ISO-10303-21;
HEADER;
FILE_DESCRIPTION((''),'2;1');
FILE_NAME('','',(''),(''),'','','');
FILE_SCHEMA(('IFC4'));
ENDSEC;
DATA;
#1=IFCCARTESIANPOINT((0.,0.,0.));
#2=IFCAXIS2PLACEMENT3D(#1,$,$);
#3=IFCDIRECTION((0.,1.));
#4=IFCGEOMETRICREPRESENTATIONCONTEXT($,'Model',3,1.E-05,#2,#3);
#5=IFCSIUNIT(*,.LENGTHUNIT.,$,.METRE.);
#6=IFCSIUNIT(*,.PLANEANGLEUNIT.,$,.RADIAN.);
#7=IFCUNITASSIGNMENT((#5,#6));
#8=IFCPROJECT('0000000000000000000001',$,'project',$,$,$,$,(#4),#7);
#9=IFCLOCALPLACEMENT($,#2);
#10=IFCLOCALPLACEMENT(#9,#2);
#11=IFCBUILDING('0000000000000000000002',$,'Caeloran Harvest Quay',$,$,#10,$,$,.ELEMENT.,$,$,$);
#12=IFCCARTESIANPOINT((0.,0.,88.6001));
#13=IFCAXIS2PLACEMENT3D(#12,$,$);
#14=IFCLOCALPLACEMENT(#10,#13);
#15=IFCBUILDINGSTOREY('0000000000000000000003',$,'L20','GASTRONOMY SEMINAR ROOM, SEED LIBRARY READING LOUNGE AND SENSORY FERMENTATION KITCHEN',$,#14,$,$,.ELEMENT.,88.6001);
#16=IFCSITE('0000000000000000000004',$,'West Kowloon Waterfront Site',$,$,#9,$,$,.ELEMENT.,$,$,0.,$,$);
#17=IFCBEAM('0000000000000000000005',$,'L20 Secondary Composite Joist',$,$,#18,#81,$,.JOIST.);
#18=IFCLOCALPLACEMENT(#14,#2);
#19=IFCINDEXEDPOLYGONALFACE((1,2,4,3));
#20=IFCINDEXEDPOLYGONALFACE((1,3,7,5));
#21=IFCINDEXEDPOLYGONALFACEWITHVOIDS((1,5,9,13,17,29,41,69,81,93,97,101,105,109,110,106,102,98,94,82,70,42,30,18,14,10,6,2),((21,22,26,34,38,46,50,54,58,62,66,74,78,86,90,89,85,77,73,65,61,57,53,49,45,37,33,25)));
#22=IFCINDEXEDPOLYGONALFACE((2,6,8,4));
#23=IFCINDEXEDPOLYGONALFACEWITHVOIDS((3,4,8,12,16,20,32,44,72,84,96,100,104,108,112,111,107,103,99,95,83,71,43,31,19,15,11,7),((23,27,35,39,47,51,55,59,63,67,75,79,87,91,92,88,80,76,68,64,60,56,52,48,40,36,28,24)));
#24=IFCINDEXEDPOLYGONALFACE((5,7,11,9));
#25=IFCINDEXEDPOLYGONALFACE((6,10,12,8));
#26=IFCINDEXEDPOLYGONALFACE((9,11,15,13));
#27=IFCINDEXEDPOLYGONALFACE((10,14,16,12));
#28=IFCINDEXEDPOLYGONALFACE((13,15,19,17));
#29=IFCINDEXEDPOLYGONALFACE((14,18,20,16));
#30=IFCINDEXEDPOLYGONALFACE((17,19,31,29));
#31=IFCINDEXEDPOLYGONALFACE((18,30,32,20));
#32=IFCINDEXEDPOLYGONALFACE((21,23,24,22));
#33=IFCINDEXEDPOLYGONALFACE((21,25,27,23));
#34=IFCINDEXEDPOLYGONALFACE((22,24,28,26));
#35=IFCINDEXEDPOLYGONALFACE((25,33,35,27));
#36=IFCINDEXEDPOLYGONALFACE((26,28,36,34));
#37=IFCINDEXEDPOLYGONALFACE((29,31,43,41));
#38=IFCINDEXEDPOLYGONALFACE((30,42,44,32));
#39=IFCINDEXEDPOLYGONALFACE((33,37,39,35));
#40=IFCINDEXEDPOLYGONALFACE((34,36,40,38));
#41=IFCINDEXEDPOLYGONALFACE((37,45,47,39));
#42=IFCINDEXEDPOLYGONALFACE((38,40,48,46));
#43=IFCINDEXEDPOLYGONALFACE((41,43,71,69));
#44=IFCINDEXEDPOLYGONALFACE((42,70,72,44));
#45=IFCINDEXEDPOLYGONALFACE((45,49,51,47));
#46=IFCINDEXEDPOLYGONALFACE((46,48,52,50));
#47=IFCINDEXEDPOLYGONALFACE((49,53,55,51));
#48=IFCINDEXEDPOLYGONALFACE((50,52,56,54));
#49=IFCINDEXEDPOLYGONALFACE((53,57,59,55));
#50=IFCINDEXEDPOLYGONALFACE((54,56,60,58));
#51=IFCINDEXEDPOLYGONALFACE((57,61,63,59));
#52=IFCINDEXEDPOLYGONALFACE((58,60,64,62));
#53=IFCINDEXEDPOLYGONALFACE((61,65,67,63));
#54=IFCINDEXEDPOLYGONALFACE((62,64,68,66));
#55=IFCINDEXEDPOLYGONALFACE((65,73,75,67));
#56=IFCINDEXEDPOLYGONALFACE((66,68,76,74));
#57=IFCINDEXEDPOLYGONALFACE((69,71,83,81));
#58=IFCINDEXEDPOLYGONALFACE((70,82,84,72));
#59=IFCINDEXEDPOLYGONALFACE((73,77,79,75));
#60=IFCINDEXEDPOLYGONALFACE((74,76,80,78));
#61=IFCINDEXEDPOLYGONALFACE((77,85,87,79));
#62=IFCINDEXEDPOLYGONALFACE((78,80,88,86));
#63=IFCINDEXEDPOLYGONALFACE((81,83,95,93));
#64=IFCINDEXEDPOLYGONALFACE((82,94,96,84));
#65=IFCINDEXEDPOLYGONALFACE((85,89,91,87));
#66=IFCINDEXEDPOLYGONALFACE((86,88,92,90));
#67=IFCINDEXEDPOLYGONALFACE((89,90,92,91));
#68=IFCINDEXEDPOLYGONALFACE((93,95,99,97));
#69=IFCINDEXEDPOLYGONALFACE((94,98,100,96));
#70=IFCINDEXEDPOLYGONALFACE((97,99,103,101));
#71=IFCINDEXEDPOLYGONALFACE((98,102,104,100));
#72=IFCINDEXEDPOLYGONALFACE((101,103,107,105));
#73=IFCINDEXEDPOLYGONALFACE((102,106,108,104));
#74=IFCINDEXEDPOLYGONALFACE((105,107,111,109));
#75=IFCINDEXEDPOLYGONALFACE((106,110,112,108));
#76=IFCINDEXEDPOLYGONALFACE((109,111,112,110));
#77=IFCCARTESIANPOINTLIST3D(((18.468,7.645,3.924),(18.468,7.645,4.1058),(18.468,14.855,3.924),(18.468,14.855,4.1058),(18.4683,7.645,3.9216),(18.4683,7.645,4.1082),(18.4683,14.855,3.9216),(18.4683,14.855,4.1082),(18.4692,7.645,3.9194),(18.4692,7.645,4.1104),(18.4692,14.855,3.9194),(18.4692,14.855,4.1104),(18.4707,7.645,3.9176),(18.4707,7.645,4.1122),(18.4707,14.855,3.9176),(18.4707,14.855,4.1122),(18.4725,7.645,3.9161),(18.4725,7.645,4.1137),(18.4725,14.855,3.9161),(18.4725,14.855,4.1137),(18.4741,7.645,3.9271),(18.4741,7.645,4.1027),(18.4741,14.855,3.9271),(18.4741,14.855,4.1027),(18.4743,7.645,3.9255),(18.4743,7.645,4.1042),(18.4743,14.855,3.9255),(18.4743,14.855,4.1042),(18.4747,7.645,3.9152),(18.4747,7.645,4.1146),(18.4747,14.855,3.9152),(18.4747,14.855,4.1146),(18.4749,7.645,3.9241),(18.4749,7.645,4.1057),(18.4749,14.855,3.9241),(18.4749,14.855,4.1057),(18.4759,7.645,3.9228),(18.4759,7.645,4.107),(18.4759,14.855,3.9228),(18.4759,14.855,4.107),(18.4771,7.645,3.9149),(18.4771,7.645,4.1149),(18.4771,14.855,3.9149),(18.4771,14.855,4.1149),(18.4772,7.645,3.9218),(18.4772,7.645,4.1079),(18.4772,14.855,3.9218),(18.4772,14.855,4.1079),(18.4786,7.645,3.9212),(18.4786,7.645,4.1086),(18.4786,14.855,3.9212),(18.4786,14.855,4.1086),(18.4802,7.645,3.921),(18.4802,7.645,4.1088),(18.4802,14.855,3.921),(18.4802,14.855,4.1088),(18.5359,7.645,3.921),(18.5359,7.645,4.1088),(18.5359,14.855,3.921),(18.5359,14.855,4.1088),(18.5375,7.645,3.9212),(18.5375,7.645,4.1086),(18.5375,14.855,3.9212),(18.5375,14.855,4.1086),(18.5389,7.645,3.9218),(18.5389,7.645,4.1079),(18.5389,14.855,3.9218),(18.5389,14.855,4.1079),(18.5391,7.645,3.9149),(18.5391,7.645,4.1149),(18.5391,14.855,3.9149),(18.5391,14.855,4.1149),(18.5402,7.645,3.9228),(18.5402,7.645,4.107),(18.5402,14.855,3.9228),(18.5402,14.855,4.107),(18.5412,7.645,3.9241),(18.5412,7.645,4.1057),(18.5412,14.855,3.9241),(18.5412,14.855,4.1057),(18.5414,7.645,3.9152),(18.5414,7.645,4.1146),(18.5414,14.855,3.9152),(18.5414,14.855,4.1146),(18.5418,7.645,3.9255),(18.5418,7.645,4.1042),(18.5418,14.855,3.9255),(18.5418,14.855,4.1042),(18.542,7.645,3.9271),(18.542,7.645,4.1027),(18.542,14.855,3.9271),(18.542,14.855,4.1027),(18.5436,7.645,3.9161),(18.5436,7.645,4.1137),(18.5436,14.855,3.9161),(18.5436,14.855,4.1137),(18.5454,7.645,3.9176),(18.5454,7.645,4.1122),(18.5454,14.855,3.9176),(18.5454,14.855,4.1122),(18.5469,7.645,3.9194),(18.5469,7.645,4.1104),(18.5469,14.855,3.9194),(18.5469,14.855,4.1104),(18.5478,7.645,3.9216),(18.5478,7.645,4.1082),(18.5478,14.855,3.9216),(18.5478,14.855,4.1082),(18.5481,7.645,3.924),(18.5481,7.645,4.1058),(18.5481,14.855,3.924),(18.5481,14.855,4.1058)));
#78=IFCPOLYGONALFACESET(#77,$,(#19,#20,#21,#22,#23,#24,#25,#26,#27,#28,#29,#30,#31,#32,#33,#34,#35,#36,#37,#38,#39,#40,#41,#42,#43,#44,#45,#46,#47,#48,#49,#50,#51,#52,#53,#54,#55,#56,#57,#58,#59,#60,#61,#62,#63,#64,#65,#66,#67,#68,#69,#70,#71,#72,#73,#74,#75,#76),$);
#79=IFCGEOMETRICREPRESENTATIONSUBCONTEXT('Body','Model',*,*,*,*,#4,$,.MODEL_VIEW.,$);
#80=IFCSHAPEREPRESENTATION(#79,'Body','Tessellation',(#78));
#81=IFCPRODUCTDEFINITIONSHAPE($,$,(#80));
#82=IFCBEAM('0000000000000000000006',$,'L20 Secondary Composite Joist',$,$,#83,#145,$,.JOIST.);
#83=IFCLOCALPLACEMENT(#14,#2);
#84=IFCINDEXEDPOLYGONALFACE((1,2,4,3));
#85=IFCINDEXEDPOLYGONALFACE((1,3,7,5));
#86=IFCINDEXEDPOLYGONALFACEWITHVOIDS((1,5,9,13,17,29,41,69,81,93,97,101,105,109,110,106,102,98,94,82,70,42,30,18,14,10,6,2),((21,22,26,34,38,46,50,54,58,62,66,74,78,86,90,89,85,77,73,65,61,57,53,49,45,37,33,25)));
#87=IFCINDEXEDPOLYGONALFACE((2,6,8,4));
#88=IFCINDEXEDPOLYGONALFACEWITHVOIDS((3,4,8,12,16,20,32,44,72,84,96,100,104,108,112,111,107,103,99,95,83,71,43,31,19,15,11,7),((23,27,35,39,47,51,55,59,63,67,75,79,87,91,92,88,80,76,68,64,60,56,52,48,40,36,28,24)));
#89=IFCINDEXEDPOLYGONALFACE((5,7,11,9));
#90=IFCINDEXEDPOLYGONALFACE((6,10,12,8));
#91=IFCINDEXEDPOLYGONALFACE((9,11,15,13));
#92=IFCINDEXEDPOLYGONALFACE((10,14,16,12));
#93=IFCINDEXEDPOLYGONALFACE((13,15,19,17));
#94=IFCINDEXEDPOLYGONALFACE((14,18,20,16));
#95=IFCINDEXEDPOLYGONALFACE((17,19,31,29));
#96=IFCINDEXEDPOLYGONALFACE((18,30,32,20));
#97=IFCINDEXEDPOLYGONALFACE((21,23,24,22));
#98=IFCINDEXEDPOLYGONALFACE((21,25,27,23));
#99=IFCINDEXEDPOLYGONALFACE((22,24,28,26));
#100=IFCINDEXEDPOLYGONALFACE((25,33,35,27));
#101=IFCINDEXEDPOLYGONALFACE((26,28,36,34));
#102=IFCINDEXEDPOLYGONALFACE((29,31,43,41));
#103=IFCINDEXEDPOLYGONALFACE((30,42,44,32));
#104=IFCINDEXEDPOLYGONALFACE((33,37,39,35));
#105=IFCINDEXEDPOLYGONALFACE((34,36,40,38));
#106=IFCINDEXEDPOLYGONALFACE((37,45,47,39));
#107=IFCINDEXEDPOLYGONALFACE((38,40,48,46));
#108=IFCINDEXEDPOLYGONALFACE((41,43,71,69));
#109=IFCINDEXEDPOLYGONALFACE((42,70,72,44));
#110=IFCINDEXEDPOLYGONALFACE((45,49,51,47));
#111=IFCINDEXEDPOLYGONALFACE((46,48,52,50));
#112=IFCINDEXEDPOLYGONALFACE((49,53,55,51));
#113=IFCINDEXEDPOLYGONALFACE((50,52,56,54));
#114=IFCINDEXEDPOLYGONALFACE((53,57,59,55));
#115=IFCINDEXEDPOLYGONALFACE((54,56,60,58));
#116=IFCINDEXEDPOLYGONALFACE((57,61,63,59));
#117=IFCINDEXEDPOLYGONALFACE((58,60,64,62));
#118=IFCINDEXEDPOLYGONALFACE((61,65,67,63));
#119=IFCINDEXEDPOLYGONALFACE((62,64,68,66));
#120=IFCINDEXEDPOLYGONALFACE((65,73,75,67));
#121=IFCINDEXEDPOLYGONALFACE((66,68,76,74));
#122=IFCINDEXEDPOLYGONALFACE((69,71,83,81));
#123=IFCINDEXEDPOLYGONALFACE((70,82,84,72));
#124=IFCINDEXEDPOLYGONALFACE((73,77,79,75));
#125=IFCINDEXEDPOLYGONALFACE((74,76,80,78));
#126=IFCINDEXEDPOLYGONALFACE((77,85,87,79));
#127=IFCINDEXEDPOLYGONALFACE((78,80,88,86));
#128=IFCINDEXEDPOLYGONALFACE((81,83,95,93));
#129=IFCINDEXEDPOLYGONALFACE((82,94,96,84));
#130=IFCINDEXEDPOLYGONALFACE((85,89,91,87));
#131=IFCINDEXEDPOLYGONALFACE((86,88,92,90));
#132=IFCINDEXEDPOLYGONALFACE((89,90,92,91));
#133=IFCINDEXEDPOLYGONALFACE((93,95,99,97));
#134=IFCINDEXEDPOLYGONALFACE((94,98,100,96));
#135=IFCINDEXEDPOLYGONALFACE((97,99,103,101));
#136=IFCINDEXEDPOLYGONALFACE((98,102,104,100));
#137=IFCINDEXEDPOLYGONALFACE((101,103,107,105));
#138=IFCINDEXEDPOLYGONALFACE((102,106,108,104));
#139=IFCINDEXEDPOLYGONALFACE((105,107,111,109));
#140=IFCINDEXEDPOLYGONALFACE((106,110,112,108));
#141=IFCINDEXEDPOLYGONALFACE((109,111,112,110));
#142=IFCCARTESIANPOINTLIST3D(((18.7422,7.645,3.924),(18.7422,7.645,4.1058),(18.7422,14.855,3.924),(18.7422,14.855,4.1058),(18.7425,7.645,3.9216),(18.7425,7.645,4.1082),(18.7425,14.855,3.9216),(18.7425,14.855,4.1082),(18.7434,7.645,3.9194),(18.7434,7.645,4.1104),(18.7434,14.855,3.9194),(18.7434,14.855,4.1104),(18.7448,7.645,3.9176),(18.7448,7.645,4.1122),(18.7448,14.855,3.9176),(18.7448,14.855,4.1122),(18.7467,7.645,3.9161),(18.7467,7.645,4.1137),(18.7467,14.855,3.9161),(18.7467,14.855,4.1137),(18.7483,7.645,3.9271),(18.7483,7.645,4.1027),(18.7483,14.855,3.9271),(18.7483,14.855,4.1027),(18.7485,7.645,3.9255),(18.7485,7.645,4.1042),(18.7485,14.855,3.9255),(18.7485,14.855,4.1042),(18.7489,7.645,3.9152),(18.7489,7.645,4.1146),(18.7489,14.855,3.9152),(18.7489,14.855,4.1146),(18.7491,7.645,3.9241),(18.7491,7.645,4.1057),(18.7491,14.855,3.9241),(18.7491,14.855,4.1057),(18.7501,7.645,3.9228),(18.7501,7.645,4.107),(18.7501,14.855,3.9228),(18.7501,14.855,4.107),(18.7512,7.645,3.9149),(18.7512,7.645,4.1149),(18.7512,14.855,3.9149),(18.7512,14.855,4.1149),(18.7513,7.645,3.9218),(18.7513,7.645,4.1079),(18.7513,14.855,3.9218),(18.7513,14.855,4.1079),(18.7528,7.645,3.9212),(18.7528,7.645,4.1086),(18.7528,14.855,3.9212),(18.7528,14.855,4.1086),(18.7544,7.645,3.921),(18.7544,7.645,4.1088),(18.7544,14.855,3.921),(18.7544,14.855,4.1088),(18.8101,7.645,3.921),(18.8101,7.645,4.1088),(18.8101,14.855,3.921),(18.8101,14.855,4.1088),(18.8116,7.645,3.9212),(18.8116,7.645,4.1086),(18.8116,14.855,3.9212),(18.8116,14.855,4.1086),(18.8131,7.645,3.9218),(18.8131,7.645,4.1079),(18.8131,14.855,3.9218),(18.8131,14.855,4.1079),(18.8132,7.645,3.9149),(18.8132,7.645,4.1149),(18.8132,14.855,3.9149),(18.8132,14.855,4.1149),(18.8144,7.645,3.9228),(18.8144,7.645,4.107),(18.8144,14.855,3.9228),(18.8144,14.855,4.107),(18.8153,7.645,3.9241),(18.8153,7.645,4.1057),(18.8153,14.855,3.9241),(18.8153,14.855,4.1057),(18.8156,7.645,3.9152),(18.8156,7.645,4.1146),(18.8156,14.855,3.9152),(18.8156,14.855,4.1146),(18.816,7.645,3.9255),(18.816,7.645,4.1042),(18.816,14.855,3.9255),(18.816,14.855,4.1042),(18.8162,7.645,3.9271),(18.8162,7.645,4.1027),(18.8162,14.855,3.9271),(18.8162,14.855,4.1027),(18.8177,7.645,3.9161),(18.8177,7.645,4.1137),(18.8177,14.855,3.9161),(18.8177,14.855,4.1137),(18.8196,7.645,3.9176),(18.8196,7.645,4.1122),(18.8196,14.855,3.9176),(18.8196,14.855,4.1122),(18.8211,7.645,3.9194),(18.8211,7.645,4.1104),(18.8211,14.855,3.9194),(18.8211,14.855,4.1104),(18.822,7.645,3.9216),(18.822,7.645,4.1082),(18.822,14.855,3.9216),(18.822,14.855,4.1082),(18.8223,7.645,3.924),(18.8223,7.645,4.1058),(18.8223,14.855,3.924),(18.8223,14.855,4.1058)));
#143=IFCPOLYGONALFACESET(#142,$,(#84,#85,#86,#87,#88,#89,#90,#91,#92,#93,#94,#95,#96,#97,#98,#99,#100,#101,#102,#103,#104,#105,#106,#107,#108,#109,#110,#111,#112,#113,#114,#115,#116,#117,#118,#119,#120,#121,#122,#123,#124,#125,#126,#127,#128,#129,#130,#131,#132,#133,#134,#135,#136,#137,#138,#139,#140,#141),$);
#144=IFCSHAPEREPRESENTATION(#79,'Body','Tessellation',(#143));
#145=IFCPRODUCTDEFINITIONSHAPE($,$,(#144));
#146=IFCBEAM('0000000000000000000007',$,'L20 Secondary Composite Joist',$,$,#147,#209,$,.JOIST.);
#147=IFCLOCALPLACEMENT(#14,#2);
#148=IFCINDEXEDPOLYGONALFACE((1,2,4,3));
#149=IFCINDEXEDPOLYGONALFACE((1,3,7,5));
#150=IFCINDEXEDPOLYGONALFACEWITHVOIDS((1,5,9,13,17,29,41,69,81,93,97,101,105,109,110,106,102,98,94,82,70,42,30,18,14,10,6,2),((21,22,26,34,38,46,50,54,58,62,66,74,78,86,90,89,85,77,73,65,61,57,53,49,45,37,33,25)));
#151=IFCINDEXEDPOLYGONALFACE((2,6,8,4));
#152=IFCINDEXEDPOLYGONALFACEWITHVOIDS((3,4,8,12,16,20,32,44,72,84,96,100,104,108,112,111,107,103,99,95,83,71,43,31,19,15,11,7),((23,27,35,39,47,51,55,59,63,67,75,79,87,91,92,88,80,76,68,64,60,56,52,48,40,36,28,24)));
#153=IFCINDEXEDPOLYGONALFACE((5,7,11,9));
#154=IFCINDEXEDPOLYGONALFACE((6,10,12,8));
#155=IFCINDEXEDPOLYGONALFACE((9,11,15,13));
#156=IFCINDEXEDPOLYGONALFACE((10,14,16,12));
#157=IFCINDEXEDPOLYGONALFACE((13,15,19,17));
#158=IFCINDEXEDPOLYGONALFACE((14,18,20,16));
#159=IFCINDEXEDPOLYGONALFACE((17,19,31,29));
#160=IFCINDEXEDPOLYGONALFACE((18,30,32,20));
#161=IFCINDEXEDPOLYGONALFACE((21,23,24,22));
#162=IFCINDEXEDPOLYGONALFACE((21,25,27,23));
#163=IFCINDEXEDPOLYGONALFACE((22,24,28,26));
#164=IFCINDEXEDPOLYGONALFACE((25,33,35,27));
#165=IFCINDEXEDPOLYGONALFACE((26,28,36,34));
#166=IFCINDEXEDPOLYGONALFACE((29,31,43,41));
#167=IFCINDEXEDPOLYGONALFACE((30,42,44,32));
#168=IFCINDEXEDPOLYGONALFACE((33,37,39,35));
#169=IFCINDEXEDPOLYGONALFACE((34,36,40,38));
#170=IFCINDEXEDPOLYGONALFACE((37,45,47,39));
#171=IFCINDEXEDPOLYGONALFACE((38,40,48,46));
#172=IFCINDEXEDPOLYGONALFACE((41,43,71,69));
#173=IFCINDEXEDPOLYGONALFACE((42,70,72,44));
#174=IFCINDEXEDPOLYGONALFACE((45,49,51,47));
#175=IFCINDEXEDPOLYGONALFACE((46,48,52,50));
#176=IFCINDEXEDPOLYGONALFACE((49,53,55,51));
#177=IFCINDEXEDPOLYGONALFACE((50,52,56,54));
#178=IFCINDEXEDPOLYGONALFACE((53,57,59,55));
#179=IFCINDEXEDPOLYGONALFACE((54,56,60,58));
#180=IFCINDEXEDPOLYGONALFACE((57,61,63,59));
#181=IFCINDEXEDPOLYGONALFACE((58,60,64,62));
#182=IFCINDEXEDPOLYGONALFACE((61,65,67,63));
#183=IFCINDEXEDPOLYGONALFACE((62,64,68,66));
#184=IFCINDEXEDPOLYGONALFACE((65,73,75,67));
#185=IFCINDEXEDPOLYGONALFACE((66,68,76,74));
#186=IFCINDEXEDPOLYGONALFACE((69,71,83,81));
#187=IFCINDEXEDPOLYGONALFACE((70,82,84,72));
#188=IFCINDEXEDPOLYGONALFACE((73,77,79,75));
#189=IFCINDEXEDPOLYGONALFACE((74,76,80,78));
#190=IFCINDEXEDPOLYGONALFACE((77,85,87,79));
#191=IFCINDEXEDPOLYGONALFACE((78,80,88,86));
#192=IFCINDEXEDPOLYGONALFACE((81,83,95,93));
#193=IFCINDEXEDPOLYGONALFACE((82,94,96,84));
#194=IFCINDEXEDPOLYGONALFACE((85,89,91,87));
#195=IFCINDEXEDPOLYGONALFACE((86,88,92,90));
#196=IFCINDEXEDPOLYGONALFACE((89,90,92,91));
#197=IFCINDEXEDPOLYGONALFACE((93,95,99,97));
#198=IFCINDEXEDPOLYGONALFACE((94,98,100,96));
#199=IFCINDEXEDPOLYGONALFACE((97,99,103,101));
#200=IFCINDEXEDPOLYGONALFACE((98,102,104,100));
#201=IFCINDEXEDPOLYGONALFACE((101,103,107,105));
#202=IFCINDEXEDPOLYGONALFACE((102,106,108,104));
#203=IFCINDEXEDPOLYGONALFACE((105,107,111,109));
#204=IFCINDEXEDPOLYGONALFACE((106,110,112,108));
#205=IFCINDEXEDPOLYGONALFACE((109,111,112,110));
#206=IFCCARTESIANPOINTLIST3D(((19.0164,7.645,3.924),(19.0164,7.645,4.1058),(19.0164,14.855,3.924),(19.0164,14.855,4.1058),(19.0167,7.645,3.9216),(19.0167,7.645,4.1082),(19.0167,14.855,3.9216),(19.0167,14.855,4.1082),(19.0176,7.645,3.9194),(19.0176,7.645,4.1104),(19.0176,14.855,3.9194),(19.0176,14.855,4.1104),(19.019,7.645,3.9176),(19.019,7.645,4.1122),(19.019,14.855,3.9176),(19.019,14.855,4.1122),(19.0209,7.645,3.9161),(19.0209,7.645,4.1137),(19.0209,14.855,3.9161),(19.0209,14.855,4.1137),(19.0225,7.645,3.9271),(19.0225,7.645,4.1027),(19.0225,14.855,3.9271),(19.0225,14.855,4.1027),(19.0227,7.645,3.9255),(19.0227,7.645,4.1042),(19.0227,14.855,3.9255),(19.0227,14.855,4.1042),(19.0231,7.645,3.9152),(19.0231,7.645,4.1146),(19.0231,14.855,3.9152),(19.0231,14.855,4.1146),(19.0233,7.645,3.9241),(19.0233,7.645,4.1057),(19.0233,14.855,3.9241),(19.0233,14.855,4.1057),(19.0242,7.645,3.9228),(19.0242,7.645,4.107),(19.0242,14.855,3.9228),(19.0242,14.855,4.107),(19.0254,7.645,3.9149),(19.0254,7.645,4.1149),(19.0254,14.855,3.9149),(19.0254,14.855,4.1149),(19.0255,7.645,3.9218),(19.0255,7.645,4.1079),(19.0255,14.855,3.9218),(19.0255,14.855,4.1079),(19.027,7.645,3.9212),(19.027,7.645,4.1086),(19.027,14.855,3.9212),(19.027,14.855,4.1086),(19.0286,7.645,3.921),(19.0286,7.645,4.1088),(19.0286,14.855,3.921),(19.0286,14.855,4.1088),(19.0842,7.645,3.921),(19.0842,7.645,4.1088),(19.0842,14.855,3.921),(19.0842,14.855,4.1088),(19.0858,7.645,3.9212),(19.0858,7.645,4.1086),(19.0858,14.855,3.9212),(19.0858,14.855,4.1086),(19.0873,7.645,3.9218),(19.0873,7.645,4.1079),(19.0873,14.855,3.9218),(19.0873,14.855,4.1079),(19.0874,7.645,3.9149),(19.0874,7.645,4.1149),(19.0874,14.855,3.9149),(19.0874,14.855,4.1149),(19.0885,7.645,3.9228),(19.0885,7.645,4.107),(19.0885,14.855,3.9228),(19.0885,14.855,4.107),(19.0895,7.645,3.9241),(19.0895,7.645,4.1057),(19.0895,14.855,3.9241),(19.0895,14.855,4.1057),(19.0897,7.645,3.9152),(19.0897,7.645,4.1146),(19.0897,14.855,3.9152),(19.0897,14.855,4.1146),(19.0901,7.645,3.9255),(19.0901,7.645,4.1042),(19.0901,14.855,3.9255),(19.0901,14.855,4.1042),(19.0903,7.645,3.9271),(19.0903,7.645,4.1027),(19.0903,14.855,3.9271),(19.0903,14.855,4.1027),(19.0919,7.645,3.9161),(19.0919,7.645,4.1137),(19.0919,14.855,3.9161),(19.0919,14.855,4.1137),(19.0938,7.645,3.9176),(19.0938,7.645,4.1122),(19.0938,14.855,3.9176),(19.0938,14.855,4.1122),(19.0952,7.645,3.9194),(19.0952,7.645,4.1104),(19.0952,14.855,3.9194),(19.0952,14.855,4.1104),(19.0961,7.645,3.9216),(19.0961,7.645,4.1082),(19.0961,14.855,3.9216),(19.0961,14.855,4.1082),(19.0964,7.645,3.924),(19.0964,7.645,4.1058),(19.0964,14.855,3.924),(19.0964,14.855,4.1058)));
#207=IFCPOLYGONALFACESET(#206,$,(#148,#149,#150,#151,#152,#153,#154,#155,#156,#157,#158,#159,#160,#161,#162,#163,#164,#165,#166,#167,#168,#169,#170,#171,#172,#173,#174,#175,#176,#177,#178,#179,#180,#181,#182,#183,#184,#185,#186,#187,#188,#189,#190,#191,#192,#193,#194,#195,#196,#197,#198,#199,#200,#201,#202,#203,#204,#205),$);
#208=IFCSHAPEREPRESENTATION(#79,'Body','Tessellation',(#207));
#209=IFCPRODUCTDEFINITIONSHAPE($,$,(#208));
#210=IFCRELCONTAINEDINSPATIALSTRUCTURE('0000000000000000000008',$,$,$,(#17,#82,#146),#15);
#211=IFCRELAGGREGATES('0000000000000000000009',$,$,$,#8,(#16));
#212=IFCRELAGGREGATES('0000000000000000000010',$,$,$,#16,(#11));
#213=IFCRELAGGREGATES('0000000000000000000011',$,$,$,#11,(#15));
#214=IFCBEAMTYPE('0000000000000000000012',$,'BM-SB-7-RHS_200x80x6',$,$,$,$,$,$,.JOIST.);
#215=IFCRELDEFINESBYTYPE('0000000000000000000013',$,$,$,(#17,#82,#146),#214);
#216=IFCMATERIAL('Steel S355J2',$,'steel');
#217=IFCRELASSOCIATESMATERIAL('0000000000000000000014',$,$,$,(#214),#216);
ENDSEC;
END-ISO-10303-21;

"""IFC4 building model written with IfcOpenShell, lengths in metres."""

from ifc_helpers import new_model, si_unit, direction, frame, origin, origin_2d, place, context, subcontext, project, spatial, hollow_rectangle, extrude, material, material_profile, profile_set, type_object, element, save


model = new_model("IFC4")

# Units and contexts
model_context = context("Model", 3, precision=1e-05, world=origin(), true_north=direction((0.0, 1.0)))
body_context = subcontext(model_context, "Body", "Model", "MODEL_VIEW")
ifc_project = project(units=[si_unit("LENGTHUNIT", "METRE"), si_unit("PLANEANGLEUNIT", "RADIAN")], contexts=[model_context])

# Site, building, storey
site_placement = place(None, origin())
site = spatial("IfcSite", under=ifc_project, at=site_placement, Name="West Kowloon Waterfront Site", CompositionType="ELEMENT", RefElevation=0.0)
building_placement = place(site_placement, origin())
building = spatial("IfcBuilding", under=site, at=building_placement, Name="Caeloran Harvest Quay", CompositionType="ELEMENT")
storey_placement = place(building_placement, frame((0.0, 0.0, 88.6001)))
storey = spatial("IfcBuildingStorey", under=building, at=storey_placement, Name="L20", Description="GASTRONOMY SEMINAR ROOM, SEED LIBRARY READING LOUNGE AND SENSORY FERMENTATION KITCHEN", CompositionType="ELEMENT", Elevation=88.6001)

# Beams
ifc_material_1 = material(Name="Steel S355J2", Category="steel")
ifc_material_profile_1 = material_profile(ifc_material_1, hollow_rectangle(XDim=0.0801, YDim=0.2, WallThickness=0.0061, InnerFilletRadius=0.0061, OuterFilletRadius=0.009, at=origin_2d()), Name="RHS 200x80x6")
ifc_profile_set_1 = profile_set([ifc_material_profile_1], Name="Steel S355J2")
beam_type_1 = type_object("IfcBeamType", Name="BM-SB-7-RHS_200x80x6", PredefinedType="JOIST", material=ifc_profile_set_1)
for number, where, z_axis, x_axis, name in (
    (1, (18.5081, 7.645, 4.0149), (0.0, 1.0, 0.0), (-1.0, 0.0, 0.0), "L20 Secondary Composite Joist"),
    (2, (18.7822, 7.645, 4.0149), (0.0, 1.0, 0.0), (-1.0, 0.0, 0.0), "L20 Secondary Composite Joist"),
    (3, (19.0564, 7.645, 4.0149), (0.0, 1.0, 0.0), (-1.0, 0.0, 0.0), "L20 Secondary Composite Joist"),
):
    element("IfcBeam", number, at=place(storey_placement, frame(where, z_axis=z_axis, x_axis=x_axis)), inside=storey, type_object=beam_type_1, Name=name, PredefinedType="JOIST", context=body_context, shape_type="SweptSolid", body=[
        extrude(hollow_rectangle(XDim=0.0801, YDim=0.2, WallThickness=0.0061, InnerFilletRadius=0.0061, OuterFilletRadius=0.009, at=origin_2d()), origin(), (0.0, 0.0, 1.0), 7.21),
    ])

save(model, "model.ifc")
